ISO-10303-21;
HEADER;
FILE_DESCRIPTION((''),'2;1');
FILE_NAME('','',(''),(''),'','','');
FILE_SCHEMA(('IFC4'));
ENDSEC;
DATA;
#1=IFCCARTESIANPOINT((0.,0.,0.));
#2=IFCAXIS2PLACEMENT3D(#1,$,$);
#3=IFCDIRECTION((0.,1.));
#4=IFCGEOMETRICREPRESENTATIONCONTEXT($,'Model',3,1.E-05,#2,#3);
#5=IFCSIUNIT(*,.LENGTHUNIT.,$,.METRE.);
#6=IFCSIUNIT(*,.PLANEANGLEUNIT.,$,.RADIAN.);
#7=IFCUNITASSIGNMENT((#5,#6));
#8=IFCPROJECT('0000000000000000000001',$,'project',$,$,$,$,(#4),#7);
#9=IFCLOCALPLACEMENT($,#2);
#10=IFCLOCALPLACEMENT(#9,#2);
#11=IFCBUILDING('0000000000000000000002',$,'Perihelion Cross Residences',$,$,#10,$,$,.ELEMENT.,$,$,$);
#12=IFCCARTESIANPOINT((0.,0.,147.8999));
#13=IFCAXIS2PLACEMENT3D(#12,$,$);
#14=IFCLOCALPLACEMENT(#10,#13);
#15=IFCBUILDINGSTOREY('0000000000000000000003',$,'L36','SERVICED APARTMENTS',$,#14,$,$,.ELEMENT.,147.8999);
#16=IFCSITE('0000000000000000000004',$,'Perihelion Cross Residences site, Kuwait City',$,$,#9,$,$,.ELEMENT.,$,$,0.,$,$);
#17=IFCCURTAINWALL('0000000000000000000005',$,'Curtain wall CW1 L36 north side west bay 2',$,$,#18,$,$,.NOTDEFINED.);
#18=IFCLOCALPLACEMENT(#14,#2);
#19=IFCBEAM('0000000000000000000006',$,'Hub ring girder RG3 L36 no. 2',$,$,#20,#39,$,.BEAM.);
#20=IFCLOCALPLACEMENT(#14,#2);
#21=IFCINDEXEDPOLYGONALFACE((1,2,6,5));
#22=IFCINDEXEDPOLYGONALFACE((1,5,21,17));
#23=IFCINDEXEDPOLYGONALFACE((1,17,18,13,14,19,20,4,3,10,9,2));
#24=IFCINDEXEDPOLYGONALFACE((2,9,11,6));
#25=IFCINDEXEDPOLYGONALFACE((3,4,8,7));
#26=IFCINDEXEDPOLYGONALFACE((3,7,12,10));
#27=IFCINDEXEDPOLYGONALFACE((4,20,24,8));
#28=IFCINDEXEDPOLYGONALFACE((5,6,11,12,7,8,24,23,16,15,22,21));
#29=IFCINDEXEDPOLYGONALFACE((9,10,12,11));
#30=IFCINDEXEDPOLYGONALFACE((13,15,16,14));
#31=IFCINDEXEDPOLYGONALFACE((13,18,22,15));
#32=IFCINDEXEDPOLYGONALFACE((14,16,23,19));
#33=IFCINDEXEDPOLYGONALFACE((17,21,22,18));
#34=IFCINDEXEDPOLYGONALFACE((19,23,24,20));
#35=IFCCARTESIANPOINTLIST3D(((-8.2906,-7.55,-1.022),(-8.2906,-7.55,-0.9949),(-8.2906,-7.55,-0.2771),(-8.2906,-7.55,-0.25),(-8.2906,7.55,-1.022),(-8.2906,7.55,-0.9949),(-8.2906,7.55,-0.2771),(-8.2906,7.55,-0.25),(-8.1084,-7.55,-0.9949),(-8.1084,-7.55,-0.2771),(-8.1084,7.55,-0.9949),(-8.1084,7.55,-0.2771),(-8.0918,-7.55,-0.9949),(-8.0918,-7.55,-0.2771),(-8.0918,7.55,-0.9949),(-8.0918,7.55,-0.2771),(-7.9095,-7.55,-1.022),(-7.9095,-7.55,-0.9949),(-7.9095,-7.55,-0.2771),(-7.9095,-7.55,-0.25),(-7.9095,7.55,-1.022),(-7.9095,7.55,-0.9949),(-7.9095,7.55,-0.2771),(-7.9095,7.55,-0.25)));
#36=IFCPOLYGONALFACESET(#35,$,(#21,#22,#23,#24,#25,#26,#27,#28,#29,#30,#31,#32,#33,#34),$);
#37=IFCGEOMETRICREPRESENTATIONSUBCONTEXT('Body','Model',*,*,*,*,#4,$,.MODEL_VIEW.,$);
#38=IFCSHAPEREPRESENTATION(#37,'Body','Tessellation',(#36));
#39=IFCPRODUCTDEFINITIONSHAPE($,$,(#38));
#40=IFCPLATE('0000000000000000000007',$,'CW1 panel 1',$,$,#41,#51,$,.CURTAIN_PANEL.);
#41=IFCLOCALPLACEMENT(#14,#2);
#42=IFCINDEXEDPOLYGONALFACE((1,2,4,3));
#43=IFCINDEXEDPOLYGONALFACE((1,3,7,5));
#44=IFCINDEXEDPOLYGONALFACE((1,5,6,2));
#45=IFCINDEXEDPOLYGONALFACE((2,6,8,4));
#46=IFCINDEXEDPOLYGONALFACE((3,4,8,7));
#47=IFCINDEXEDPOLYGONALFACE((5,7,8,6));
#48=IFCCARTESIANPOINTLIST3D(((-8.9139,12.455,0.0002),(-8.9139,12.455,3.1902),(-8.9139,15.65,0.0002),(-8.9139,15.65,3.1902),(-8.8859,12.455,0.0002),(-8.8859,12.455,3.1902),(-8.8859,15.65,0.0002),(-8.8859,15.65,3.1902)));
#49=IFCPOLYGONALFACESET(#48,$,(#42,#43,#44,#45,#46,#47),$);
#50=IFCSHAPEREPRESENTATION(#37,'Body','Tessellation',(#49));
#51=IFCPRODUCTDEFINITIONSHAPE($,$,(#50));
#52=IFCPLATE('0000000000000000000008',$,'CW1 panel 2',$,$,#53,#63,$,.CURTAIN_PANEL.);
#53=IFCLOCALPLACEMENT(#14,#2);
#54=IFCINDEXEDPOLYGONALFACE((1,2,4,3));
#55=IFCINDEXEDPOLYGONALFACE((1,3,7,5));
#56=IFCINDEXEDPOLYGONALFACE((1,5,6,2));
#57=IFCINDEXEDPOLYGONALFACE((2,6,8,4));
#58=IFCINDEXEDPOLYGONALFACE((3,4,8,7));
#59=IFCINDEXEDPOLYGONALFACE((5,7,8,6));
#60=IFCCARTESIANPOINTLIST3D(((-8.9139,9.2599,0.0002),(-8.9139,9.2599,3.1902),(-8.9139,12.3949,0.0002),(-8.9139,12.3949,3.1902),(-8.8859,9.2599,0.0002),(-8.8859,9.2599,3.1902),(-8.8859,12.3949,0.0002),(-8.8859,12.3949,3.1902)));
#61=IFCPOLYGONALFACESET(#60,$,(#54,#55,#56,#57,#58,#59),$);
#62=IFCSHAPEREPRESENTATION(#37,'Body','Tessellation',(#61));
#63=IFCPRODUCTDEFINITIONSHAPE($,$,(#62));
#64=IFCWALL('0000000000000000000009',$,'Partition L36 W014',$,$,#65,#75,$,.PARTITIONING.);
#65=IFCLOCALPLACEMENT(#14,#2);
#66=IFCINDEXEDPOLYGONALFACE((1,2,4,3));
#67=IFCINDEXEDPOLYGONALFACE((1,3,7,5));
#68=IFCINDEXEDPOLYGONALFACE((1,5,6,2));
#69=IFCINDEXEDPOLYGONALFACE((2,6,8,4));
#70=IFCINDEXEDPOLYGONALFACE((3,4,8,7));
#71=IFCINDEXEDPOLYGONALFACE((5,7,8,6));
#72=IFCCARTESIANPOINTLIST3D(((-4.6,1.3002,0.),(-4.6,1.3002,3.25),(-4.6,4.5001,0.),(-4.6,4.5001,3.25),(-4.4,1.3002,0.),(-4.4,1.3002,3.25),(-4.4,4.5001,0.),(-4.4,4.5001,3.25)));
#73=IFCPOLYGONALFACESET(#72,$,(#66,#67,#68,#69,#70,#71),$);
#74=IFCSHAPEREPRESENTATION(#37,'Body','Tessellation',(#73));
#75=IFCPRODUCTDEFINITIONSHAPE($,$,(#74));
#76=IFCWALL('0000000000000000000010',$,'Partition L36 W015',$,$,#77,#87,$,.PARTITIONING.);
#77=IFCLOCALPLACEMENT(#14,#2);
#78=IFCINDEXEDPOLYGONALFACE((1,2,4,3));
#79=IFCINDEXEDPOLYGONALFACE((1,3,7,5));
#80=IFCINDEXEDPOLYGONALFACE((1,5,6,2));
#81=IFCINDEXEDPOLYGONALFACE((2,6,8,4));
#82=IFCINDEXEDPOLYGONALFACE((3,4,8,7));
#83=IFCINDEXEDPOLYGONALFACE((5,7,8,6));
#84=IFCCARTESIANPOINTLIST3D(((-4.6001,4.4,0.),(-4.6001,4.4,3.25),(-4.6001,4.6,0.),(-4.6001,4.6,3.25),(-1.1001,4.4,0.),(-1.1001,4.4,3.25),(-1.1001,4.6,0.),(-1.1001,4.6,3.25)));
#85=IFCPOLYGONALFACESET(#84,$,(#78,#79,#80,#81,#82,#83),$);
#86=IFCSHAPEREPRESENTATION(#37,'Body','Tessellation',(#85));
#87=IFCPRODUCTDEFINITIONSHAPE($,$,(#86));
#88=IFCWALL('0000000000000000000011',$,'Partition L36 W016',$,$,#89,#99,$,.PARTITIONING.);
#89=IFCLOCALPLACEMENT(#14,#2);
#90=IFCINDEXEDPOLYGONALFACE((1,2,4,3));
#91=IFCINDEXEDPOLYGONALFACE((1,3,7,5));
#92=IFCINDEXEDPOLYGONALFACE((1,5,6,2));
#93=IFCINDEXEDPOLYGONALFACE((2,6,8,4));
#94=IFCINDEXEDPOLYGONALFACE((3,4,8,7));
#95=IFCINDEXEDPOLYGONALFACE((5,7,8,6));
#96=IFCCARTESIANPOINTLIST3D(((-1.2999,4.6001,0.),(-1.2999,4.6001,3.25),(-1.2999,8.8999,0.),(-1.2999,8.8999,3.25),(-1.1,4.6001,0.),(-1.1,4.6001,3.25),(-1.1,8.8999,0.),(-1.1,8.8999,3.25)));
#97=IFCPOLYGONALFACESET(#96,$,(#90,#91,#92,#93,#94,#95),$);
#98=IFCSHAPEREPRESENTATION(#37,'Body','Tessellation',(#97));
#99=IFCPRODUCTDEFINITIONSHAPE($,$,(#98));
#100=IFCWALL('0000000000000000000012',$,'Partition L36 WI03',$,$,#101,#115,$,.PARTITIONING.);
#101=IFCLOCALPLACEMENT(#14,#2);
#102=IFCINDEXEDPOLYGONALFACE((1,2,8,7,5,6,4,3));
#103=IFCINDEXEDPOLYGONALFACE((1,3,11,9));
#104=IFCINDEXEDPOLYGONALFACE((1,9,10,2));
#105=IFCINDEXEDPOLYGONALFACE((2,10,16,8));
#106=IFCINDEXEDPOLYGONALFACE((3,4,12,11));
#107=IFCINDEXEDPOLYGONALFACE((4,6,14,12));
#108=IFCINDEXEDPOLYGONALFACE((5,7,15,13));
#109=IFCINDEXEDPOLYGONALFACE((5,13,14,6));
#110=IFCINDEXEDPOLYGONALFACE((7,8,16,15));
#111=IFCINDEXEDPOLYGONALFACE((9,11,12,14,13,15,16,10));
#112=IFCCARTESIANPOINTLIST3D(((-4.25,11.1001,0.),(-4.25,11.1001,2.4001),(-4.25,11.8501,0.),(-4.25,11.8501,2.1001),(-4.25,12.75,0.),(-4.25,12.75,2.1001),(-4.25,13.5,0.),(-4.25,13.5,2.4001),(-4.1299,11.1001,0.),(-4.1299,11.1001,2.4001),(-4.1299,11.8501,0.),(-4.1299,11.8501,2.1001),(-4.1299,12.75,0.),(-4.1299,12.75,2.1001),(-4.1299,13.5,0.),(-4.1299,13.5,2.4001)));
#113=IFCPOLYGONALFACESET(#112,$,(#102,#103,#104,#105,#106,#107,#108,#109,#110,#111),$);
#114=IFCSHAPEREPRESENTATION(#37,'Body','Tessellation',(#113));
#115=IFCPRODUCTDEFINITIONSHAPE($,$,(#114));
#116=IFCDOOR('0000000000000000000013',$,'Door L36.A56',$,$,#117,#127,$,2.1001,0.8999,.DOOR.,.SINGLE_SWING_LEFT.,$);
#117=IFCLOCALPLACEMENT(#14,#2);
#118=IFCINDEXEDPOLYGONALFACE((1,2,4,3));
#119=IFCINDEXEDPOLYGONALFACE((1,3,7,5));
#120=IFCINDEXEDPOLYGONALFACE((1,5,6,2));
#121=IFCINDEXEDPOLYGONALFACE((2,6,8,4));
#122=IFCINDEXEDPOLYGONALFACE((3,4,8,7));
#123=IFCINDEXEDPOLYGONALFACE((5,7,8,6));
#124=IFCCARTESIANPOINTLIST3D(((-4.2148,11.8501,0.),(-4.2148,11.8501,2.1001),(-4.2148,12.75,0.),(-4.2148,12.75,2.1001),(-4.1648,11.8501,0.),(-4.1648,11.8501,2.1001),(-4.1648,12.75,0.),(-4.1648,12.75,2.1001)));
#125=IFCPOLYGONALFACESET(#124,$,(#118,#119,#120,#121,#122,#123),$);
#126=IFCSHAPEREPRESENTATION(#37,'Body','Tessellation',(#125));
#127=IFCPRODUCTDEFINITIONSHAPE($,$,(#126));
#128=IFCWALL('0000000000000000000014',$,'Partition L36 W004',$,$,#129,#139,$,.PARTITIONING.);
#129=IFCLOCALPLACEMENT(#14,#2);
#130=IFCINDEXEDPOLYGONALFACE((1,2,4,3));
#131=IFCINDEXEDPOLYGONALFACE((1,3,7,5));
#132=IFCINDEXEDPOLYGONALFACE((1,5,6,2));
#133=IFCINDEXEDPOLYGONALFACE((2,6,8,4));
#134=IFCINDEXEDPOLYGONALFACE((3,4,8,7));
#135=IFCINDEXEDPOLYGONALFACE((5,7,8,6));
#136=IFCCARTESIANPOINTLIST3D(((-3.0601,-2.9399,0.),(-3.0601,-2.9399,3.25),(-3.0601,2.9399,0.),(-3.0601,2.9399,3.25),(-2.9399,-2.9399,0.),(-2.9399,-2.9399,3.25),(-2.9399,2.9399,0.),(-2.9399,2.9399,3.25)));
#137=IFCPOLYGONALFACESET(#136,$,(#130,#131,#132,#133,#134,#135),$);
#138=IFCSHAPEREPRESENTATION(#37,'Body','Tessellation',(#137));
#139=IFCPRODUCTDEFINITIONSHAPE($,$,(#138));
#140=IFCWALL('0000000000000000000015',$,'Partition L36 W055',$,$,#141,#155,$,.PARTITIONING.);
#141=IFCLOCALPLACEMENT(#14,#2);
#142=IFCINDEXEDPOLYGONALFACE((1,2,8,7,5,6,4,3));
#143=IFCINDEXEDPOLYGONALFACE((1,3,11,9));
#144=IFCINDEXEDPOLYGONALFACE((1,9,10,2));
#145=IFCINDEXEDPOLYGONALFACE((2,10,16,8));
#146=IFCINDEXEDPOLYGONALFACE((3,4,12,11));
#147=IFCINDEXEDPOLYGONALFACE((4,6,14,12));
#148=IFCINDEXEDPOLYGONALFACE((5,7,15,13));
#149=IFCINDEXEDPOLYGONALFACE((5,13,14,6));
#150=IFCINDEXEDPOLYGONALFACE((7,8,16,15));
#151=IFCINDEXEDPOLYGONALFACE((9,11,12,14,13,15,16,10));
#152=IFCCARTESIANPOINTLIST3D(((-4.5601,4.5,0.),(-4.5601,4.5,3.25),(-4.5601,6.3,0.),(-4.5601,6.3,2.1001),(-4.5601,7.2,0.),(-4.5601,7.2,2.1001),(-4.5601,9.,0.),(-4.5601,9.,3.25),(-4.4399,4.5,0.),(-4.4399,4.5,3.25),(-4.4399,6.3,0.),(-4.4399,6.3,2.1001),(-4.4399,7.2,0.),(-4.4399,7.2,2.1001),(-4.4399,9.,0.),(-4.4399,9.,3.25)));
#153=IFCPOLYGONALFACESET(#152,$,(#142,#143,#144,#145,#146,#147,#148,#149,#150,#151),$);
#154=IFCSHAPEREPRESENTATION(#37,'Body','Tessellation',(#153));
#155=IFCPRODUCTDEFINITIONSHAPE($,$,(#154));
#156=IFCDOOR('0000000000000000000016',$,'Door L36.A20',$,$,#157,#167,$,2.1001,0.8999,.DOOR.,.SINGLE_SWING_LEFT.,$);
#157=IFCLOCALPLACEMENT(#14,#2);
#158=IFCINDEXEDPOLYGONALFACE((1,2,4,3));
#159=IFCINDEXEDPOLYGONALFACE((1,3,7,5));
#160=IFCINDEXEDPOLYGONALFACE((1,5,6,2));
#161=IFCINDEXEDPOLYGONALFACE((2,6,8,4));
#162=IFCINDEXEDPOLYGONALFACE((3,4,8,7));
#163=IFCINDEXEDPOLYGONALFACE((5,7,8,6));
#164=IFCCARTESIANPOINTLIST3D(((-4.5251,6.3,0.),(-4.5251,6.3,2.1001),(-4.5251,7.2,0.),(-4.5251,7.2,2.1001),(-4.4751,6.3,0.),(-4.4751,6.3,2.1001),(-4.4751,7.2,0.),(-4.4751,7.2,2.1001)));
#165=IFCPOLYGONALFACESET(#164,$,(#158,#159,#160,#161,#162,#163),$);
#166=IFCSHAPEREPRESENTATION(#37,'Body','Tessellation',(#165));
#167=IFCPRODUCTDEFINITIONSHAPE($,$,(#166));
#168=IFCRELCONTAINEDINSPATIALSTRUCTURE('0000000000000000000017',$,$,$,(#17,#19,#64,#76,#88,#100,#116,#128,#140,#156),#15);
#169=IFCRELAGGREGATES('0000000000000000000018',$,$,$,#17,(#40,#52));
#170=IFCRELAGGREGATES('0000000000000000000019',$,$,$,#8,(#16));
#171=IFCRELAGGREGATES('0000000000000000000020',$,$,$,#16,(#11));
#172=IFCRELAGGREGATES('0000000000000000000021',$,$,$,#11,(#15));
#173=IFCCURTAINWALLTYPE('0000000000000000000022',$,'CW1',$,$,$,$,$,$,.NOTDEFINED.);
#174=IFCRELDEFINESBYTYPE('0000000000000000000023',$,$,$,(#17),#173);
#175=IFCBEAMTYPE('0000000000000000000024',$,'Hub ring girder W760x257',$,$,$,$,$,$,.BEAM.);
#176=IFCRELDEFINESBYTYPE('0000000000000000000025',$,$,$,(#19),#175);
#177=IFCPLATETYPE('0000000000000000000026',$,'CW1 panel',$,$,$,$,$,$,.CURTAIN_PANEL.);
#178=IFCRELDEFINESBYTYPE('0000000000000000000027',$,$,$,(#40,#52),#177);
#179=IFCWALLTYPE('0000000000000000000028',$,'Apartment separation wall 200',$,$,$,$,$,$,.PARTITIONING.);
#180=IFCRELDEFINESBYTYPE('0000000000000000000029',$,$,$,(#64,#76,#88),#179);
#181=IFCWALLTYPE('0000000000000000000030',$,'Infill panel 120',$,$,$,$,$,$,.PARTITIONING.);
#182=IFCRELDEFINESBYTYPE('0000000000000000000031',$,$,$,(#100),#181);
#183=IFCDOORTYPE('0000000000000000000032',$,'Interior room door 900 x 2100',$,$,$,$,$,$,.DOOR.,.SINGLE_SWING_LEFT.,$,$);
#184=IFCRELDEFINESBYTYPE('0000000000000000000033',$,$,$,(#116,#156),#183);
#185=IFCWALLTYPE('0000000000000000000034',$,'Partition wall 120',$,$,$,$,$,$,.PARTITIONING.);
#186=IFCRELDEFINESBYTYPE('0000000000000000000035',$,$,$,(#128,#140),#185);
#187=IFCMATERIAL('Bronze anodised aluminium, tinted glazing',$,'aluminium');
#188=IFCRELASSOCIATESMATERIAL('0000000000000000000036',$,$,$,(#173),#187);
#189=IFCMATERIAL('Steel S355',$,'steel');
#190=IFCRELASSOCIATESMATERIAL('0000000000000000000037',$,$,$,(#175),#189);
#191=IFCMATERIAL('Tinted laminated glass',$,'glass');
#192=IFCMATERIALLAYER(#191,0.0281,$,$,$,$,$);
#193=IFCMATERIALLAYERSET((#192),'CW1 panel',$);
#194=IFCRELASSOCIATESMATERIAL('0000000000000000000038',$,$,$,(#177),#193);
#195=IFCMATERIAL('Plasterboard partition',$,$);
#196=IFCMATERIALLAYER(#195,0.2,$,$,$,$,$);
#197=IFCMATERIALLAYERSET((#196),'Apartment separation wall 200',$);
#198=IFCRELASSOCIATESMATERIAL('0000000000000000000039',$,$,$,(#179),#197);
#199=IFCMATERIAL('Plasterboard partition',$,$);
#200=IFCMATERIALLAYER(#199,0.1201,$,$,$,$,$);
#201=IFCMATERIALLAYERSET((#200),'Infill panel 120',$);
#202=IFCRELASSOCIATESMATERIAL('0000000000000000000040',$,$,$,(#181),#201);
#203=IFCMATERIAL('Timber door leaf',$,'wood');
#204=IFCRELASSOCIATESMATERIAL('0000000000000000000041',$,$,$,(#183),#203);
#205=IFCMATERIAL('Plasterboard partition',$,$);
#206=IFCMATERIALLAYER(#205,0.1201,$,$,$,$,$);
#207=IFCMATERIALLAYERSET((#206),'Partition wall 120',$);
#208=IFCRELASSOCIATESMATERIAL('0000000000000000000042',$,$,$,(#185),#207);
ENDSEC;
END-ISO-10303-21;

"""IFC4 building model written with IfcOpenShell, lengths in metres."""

from ifc_helpers import new_model, si_unit, direction, frame, frame_2d, origin, origin_2d, place, context, subcontext, project, spatial, rectangle, i_section, extrude, material, layer, layer_set, material_profile, profile_set, type_object, element, fill, aggregate, save


model = new_model("IFC4")

# Units and contexts
model_context = context("Model", 3, precision=1e-05, world=origin(), true_north=direction((0.0, 1.0)))
body_context = subcontext(model_context, "Body", "Model", "MODEL_VIEW")
ifc_project = project(units=[si_unit("LENGTHUNIT", "METRE"), si_unit("PLANEANGLEUNIT", "RADIAN")], contexts=[model_context])

# Site, building, storey
site_placement = place(None, origin())
site = spatial("IfcSite", under=ifc_project, at=site_placement, Name="Perihelion Cross Residences site, Kuwait City", CompositionType="ELEMENT", RefElevation=0.0)
building_placement = place(site_placement, origin())
building = spatial("IfcBuilding", under=site, at=building_placement, Name="Perihelion Cross Residences", CompositionType="ELEMENT")
storey_placement = place(building_placement, frame((0.0, 0.0, 147.8999)))
storey = spatial("IfcBuildingStorey", under=building, at=storey_placement, Name="L36", Description="SERVICED APARTMENTS", CompositionType="ELEMENT", Elevation=147.8999)

# Curtain wall
ifc_material_1 = material(Name="Bronze anodised aluminium, tinted glazing", Category="aluminium")
curtain_wall_type = type_object("IfcCurtainWallType", Name="CW1", PredefinedType="NOTDEFINED", material=ifc_material_1)
curtain_wall_placement = place(storey_placement, origin())
curtain_wall = element("IfcCurtainWall", 1, at=curtain_wall_placement, inside=storey, type_object=curtain_wall_type, Name="Curtain wall CW1 L36 north side west bay 2", PredefinedType="NOTDEFINED")

# Beam
ifc_material_2 = material(Name="Steel S355", Category="steel")
ifc_material_profile_1 = material_profile(ifc_material_2, i_section(OverallWidth=0.3811, OverallDepth=0.772, WebThickness=0.0166, FlangeThickness=0.0271, at=origin_2d()), Name="W760x257")
ifc_profile_set_1 = profile_set([ifc_material_profile_1], Name="Steel S355")
beam_type_1 = type_object("IfcBeamType", Name="Hub ring girder W760x257", PredefinedType="BEAM", material=ifc_profile_set_1)
beam_1_placement = place(storey_placement, frame((-8.1001, 7.55, -0.636), z_axis=(0.0, -1.0, 0.0), x_axis=(1.0, 0.0, 0.0)))
element("IfcBeam", 2, at=beam_1_placement, inside=storey, type_object=beam_type_1, Name="Hub ring girder RG3 L36 no. 2", PredefinedType="BEAM", context=body_context, shape_type="SweptSolid", body=[
    extrude(i_section(OverallWidth=0.3811, OverallDepth=0.772, WebThickness=0.0166, FlangeThickness=0.0271, at=origin_2d()), origin(), (0.0, 0.0, 1.0), 15.1001),
])

# Plates
ifc_material_3 = material(Name="Tinted laminated glass", Category="glass")
ifc_layer_1 = layer(ifc_material_3, 0.0281)
ifc_layer_set_1 = layer_set([ifc_layer_1], Name="CW1 panel")
plate_type = type_object("IfcPlateType", Name="CW1 panel", PredefinedType="CURTAIN_PANEL", material=ifc_layer_set_1)
plate_1_placement = place(storey_placement, frame((-8.8999, 14.0525, 0.0002), z_axis=(0.0, 0.0, 1.0), x_axis=(0.0, -1.0, 0.0)))
plate_1 = element("IfcPlate", 3, at=plate_1_placement, type_object=plate_type, Name="CW1 panel 1", PredefinedType="CURTAIN_PANEL", context=body_context, shape_type="SweptSolid", body=[
    extrude(rectangle(XDim=3.1951, YDim=0.0281, at=origin_2d()), origin(), (0.0, 0.0, 1.0), 3.1899),
])
plate_2_placement = place(storey_placement, frame((-8.8999, 10.8274, 0.0002), z_axis=(0.0, 0.0, 1.0), x_axis=(0.0, -1.0, 0.0)))
plate_2 = element("IfcPlate", 4, at=plate_2_placement, type_object=plate_type, Name="CW1 panel 2", PredefinedType="CURTAIN_PANEL", context=body_context, shape_type="SweptSolid", body=[
    extrude(rectangle(XDim=3.135, YDim=0.0281, at=origin_2d()), origin(), (0.0, 0.0, 1.0), 3.1899),
])
aggregate(curtain_wall, [plate_1, plate_2])

# Walls
ifc_material_4 = material(Name="Plasterboard partition")
ifc_layer_2 = layer(ifc_material_4, 0.2)
ifc_layer_set_2 = layer_set([ifc_layer_2], Name="Apartment separation wall 200")
wall_type_1 = type_object("IfcWallType", Name="Apartment separation wall 200", PredefinedType="PARTITIONING", material=ifc_layer_set_2)
wall_1_placement = place(storey_placement, frame((-4.5, 1.3, 0.0), z_axis=(0.0, 0.0, 1.0), x_axis=(0.0, 1.0, 0.0)))
element("IfcWall", 5, at=wall_1_placement, inside=storey, type_object=wall_type_1, Name="Partition L36 W014", PredefinedType="PARTITIONING", context=body_context, shape_type="SweptSolid", body=[
    extrude(rectangle(XDim=3.2, YDim=0.2, at=frame_2d((1.6001, 0.0))), origin(), (0.0, 0.0, 1.0), 3.25),
])
wall_2_placement = place(storey_placement, frame((-4.6001, 4.5, 0.0), z_axis=(0.0, 0.0, 1.0), x_axis=(1.0, 0.0, 0.0)))
element("IfcWall", 6, at=wall_2_placement, inside=storey, type_object=wall_type_1, Name="Partition L36 W015", PredefinedType="PARTITIONING", context=body_context, shape_type="SweptSolid", body=[
    extrude(rectangle(XDim=3.5, YDim=0.2, at=frame_2d((1.75, 0.0))), origin(), (0.0, 0.0, 1.0), 3.25),
])
wall_3_placement = place(storey_placement, frame((-1.2, 4.6001, 0.0), z_axis=(0.0, 0.0, 1.0), x_axis=(0.0, 1.0, 0.0)))
element("IfcWall", 7, at=wall_3_placement, inside=storey, type_object=wall_type_1, Name="Partition L36 W016", PredefinedType="PARTITIONING", context=body_context, shape_type="SweptSolid", body=[
    extrude(rectangle(XDim=4.2998, YDim=0.2, at=frame_2d((2.1499, 0.0))), origin(), (0.0, 0.0, 1.0), 3.25),
])

# Wall, opening, door
ifc_material_5 = material(Name="Plasterboard partition")
ifc_layer_3 = layer(ifc_material_5, 0.1201)
ifc_layer_set_3 = layer_set([ifc_layer_3], Name="Infill panel 120")
wall_type_2 = type_object("IfcWallType", Name="Infill panel 120", PredefinedType="PARTITIONING", material=ifc_layer_set_3)
wall_4_placement = place(storey_placement, frame((-4.1899, 11.1001, 0.0), z_axis=(0.0, 0.0, 1.0), x_axis=(0.0, 1.0, 0.0)))
wall_4 = element("IfcWall", 8, at=wall_4_placement, inside=storey, type_object=wall_type_2, Name="Partition L36 WI03", PredefinedType="PARTITIONING", context=body_context, shape_type="SweptSolid", body=[
    extrude(rectangle(XDim=2.3999, YDim=0.1201, at=frame_2d((1.2, 0.0))), origin(), (0.0, 0.0, 1.0), 2.4001),
])
opening_1_placement = place(wall_4_placement, frame((0.75, 0.0, 0.0)))
opening_1 = element("IfcOpeningElement", 9, at=opening_1_placement, cuts=wall_4, PredefinedType="OPENING", context=body_context, shape_type="SweptSolid", body=[
    extrude(rectangle(XDim=0.8999, YDim=2.1001, at=frame_2d((0.45, 1.05))), frame((0.0, 0.0701, 0.0), z_axis=(0.0, -1.0, 0.0), x_axis=(1.0, 0.0, 0.0)), (0.0, 0.0, 1.0), 0.1401),
])
ifc_material_6 = material(Name="Timber door leaf", Category="wood")
door_type_1 = type_object("IfcDoorType", Name="Interior room door 900 x 2100", OperationType="SINGLE_SWING_LEFT", PredefinedType="DOOR", material=ifc_material_6)
door_1_placement = place(opening_1_placement, origin())
door_1 = element("IfcDoor", 10, at=door_1_placement, inside=storey, type_object=door_type_1, Name="Door L36.A56", OperationType="SINGLE_SWING_LEFT", OverallHeight=2.1001, OverallWidth=0.8999, PredefinedType="DOOR", context=body_context, shape_type="SweptSolid", body=[
    extrude(rectangle(XDim=0.8999, YDim=2.1001, at=frame_2d((0.45, 1.05))), frame((0.0, 0.0249, 0.0), z_axis=(0.0, -1.0, 0.0), x_axis=(1.0, 0.0, 0.0)), (0.0, 0.0, 1.0), 0.05),
])
fill(opening_1, door_1)

# Wall
ifc_material_7 = material(Name="Plasterboard partition")
ifc_layer_4 = layer(ifc_material_7, 0.1201)
ifc_layer_set_4 = layer_set([ifc_layer_4], Name="Partition wall 120")
wall_type_3 = type_object("IfcWallType", Name="Partition wall 120", PredefinedType="PARTITIONING", material=ifc_layer_set_4)
wall_5_placement = place(storey_placement, frame((-3.0, 2.9399, 0.0), z_axis=(0.0, 0.0, 1.0), x_axis=(0.0, -1.0, 0.0)))
element("IfcWall", 11, at=wall_5_placement, inside=storey, type_object=wall_type_3, Name="Partition L36 W004", PredefinedType="PARTITIONING", context=body_context, shape_type="SweptSolid", body=[
    extrude(rectangle(XDim=5.8799, YDim=0.1201, at=frame_2d((2.9399, 0.0))), origin(), (0.0, 0.0, 1.0), 3.25),
])

# Wall, opening, door
wall_6_placement = place(storey_placement, frame((-4.5, 9.0, 0.0), z_axis=(0.0, 0.0, 1.0), x_axis=(0.0, -1.0, 0.0)))
wall_6 = element("IfcWall", 12, at=wall_6_placement, inside=storey, type_object=wall_type_3, Name="Partition L36 W055", PredefinedType="PARTITIONING", context=body_context, shape_type="SweptSolid", body=[
    extrude(rectangle(XDim=4.5, YDim=0.1201, at=frame_2d((2.25, 0.0))), origin(), (0.0, 0.0, 1.0), 3.25),
])
opening_2_placement = place(wall_6_placement, frame((1.8, 0.0, 0.0)))
opening_2 = element("IfcOpeningElement", 13, at=opening_2_placement, cuts=wall_6, PredefinedType="OPENING", context=body_context, shape_type="SweptSolid", body=[
    extrude(rectangle(XDim=0.8999, YDim=2.1001, at=frame_2d((0.45, 1.05))), frame((0.0, 0.0701, 0.0), z_axis=(0.0, -1.0, 0.0), x_axis=(1.0, 0.0, 0.0)), (0.0, 0.0, 1.0), 0.1401),
])
door_2_placement = place(opening_2_placement, origin())
door_2 = element("IfcDoor", 14, at=door_2_placement, inside=storey, type_object=door_type_1, Name="Door L36.A20", OperationType="SINGLE_SWING_LEFT", OverallHeight=2.1001, OverallWidth=0.8999, PredefinedType="DOOR", context=body_context, shape_type="SweptSolid", body=[
    extrude(rectangle(XDim=0.8999, YDim=2.1001, at=frame_2d((0.45, 1.05))), frame((0.0, 0.0249, 0.0), z_axis=(0.0, -1.0, 0.0), x_axis=(1.0, 0.0, 0.0)), (0.0, 0.0, 1.0), 0.05),
])
fill(opening_2, door_2)

save(model, "model.ifc")
